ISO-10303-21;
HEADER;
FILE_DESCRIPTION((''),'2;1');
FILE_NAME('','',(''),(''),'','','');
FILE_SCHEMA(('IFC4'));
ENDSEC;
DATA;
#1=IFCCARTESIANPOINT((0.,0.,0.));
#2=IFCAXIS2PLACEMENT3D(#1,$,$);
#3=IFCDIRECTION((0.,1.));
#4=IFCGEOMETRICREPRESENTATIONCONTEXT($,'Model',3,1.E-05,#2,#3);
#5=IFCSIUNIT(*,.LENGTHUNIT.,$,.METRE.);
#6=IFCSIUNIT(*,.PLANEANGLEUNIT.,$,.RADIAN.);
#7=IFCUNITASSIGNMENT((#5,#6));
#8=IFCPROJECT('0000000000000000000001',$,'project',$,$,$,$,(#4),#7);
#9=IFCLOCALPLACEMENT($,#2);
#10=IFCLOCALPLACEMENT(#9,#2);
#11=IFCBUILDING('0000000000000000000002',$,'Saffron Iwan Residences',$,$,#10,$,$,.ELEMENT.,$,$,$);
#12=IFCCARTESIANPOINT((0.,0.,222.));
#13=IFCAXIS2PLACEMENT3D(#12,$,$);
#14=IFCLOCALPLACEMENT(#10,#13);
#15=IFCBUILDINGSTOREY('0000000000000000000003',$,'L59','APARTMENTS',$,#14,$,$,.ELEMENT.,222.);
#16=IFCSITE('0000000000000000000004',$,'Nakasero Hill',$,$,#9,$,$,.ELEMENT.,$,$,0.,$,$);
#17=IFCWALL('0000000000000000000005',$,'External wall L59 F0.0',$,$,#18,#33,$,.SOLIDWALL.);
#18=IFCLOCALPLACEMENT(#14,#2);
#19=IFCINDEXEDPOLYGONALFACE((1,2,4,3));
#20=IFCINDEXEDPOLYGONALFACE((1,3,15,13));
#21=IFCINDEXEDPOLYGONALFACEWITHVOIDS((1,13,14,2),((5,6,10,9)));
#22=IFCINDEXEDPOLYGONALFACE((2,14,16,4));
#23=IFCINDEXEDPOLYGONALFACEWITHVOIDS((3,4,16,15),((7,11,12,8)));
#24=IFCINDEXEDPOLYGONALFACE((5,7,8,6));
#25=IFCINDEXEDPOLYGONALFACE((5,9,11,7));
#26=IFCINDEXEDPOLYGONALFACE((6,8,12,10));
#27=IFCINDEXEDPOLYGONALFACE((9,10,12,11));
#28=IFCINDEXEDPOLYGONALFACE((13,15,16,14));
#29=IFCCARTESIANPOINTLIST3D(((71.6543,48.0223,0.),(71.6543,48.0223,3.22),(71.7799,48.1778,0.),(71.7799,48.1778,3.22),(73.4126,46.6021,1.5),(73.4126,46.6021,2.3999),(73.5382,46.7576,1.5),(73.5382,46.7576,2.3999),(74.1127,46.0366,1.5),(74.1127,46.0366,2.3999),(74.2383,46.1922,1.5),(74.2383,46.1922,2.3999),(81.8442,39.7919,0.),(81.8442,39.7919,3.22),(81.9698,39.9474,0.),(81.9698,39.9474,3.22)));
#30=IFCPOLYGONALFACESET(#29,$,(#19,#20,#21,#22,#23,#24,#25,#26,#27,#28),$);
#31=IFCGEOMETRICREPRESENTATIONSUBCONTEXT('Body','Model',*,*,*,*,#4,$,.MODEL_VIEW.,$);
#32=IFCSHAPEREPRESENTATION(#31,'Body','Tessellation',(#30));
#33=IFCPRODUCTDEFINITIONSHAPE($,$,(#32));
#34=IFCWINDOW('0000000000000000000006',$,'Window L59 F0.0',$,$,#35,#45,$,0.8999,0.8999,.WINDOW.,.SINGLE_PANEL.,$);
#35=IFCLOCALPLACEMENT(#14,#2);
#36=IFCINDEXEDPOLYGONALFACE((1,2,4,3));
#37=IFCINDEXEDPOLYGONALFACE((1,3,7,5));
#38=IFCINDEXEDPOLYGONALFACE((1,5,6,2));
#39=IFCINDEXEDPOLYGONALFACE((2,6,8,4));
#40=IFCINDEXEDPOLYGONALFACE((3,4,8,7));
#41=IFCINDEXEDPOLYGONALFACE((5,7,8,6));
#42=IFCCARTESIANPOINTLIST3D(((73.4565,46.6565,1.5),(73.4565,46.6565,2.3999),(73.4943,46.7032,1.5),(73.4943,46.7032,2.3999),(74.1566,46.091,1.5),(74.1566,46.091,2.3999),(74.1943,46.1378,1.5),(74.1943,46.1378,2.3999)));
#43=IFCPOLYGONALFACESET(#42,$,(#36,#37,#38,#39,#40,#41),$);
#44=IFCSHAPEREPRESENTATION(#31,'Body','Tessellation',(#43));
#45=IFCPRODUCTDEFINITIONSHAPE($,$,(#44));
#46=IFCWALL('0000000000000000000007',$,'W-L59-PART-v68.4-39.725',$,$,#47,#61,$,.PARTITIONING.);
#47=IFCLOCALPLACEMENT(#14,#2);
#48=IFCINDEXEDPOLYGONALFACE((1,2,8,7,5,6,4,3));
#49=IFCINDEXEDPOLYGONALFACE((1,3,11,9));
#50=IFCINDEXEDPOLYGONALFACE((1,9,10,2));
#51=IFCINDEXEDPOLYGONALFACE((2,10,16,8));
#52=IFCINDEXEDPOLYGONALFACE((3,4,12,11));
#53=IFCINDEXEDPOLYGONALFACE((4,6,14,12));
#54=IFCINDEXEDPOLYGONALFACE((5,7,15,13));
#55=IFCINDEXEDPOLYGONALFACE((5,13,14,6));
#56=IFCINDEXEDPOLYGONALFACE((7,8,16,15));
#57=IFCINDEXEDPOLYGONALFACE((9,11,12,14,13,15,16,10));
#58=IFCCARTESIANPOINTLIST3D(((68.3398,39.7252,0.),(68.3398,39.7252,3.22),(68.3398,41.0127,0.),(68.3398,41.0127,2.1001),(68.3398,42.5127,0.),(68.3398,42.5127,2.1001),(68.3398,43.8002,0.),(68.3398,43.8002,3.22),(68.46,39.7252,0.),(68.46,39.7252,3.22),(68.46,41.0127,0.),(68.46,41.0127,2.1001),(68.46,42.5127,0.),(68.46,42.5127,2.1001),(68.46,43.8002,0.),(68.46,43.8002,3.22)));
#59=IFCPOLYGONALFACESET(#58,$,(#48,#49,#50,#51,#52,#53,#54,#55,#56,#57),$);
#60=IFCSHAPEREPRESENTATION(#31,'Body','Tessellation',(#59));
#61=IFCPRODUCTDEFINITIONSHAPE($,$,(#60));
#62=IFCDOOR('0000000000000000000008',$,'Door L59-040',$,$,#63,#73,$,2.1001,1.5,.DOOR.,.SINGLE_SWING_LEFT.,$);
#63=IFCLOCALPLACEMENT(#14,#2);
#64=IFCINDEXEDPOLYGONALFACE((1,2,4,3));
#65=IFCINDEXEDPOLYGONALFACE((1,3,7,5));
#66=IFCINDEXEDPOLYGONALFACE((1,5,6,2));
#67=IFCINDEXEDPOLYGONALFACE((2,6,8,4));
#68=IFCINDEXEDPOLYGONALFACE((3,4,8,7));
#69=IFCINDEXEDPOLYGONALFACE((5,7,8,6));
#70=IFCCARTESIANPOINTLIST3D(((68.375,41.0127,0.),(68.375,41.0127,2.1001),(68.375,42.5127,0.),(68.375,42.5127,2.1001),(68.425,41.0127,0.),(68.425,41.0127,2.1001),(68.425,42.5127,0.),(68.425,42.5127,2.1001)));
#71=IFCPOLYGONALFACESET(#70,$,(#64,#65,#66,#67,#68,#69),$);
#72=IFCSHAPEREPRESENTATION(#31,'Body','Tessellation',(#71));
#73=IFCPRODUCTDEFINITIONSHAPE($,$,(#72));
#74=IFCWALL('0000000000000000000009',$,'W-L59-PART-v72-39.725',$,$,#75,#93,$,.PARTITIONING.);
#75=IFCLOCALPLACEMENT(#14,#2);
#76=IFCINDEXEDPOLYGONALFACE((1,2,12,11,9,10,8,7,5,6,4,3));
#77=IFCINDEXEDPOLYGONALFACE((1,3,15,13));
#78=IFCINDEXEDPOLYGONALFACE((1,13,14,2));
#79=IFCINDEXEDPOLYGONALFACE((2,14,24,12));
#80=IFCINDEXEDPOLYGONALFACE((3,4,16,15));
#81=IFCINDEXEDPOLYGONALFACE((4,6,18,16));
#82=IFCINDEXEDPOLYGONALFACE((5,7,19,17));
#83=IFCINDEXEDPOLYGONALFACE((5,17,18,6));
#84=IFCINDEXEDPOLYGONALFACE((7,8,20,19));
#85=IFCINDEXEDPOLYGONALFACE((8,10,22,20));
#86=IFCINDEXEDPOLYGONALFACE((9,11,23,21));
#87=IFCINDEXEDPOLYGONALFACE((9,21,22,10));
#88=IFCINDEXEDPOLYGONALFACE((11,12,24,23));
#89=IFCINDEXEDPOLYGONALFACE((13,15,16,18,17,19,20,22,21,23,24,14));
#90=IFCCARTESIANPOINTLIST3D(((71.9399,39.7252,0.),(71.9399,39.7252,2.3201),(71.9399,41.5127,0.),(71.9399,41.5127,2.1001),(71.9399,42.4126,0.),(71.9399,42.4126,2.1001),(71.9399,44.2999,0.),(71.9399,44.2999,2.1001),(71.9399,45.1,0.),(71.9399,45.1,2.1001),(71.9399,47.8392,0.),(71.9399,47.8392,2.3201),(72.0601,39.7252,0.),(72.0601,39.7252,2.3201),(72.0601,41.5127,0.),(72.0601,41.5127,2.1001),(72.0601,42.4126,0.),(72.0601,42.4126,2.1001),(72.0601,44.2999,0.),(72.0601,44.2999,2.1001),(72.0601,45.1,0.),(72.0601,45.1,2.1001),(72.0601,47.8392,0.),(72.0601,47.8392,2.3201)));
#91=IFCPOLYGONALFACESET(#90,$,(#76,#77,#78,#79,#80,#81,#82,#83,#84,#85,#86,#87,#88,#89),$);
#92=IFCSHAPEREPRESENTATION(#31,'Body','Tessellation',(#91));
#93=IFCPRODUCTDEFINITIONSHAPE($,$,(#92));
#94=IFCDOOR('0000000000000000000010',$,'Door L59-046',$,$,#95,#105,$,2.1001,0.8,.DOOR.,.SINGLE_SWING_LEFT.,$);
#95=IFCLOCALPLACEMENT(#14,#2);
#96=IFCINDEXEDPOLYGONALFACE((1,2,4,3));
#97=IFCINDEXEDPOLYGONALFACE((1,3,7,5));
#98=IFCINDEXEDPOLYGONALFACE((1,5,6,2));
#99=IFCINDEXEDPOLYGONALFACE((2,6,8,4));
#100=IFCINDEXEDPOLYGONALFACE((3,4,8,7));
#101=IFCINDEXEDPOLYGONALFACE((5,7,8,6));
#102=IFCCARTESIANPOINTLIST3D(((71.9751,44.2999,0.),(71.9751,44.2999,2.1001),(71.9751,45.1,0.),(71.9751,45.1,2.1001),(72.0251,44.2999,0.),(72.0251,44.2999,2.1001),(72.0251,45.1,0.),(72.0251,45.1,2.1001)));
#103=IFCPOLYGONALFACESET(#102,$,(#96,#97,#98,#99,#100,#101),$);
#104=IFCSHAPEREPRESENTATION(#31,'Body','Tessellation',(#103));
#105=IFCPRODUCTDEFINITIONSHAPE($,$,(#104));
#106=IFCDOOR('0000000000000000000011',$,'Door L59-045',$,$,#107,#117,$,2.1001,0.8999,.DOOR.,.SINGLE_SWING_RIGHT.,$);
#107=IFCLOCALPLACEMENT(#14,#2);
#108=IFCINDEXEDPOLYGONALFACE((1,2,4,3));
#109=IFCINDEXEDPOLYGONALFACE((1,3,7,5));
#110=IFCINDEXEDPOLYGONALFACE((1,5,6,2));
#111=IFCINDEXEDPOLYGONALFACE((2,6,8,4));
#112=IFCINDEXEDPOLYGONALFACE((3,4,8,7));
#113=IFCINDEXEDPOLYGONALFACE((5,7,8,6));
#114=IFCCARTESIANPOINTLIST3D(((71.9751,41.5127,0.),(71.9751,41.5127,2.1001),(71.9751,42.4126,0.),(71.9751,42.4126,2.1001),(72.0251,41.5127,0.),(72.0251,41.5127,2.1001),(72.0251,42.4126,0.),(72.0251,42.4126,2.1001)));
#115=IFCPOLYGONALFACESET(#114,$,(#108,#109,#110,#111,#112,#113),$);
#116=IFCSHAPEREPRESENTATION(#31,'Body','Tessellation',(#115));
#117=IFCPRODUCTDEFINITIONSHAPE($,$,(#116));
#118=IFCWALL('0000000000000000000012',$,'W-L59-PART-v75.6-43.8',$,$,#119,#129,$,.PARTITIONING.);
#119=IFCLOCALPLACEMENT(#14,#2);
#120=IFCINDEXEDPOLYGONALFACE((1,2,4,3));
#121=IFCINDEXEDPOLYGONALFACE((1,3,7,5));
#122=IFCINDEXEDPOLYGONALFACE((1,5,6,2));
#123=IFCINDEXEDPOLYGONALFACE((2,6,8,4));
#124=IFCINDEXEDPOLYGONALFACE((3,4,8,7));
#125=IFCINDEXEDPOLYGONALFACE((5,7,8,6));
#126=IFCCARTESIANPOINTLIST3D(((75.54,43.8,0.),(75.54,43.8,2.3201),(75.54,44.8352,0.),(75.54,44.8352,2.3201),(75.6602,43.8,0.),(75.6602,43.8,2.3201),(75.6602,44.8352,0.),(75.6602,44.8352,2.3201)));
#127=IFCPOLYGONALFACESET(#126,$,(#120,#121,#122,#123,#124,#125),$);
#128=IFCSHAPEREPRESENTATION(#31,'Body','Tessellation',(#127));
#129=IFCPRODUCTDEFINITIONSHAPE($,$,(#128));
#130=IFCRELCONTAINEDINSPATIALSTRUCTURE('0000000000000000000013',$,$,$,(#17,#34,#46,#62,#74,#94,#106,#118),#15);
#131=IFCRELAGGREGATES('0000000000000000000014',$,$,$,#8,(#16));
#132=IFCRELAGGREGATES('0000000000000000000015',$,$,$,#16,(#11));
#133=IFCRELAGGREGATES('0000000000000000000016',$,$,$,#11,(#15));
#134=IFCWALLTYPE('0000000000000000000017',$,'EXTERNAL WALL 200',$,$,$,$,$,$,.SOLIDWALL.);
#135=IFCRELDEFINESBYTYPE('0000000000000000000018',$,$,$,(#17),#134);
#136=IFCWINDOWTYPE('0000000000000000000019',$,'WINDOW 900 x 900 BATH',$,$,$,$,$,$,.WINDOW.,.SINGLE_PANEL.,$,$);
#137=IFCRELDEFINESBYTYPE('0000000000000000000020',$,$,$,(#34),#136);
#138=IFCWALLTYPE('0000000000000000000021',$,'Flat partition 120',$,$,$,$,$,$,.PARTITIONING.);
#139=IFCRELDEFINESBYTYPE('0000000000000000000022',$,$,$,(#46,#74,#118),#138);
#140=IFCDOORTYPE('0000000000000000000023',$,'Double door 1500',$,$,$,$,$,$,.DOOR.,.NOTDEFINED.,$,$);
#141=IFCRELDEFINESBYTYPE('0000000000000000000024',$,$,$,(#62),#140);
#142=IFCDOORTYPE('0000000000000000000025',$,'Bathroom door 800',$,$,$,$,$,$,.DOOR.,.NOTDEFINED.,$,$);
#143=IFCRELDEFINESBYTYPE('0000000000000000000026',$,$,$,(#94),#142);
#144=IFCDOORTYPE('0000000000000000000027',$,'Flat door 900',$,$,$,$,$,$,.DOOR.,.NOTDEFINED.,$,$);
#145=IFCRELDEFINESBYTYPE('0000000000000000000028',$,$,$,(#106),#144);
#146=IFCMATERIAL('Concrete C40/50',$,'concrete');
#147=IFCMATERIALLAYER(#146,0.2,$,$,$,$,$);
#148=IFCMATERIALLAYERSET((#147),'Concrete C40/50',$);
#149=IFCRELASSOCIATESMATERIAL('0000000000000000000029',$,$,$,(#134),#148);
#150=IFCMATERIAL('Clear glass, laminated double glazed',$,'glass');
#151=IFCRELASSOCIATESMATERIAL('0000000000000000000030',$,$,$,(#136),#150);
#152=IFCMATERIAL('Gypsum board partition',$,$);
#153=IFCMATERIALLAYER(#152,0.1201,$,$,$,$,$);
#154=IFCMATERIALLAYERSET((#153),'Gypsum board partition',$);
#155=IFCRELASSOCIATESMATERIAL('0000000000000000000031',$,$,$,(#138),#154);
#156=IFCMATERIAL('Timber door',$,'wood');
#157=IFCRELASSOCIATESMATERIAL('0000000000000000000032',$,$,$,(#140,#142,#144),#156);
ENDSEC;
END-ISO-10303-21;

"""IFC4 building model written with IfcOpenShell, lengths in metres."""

from ifc_helpers import new_model, si_unit, direction, frame, frame_2d, origin, place, context, subcontext, project, spatial, rectangle, extrude, material, layer, layer_set, type_object, element, fill, save


model = new_model("IFC4")

# Units and contexts
model_context = context("Model", 3, precision=1e-05, world=origin(), true_north=direction((0.0, 1.0)))
body_context = subcontext(model_context, "Body", "Model", "MODEL_VIEW")
ifc_project = project(units=[si_unit("LENGTHUNIT", "METRE"), si_unit("PLANEANGLEUNIT", "RADIAN")], contexts=[model_context])

# Site, building, storey
site_placement = place(None, origin())
site = spatial("IfcSite", under=ifc_project, at=site_placement, Name="Nakasero Hill", CompositionType="ELEMENT", RefElevation=0.0)
building_placement = place(site_placement, origin())
building = spatial("IfcBuilding", under=site, at=building_placement, Name="Saffron Iwan Residences", CompositionType="ELEMENT")
storey_placement = place(building_placement, frame((0.0, 0.0, 222.0)))
storey = spatial("IfcBuildingStorey", under=building, at=storey_placement, Name="L59", Description="APARTMENTS", CompositionType="ELEMENT", Elevation=222.0)

# Shared definitions
ifc_material_1 = material(Name="Concrete C40/50", Category="concrete")

# Wall, opening, window
ifc_layer_1 = layer(ifc_material_1, 0.2)
ifc_layer_set_1 = layer_set([ifc_layer_1], Name="Concrete C40/50")
wall_type_1 = type_object("IfcWallType", Name="EXTERNAL WALL 200", PredefinedType="SOLIDWALL", material=ifc_layer_set_1)
wall_1_placement = place(storey_placement, frame((81.907, 39.8696, 0.0), z_axis=(0.0, 0.0, 1.0), x_axis=(-0.777936, 0.628343, 0.0)))
wall_1 = element("IfcWall", 1, at=wall_1_placement, inside=storey, type_object=wall_type_1, Name="External wall L59 F0.0", PredefinedType="SOLIDWALL", context=body_context, shape_type="SweptSolid", body=[
    extrude(rectangle(XDim=13.0986, YDim=0.2, at=frame_2d((6.5493, 0.0))), origin(), (0.0, 0.0, 1.0), 3.22),
])
opening_1_placement = place(wall_1_placement, frame((9.9385, 0.0, 1.5)))
opening_1 = element("IfcOpeningElement", 2, at=opening_1_placement, cuts=wall_1, PredefinedType="OPENING", context=body_context, shape_type="SweptSolid", body=[
    extrude(rectangle(XDim=0.8999, YDim=0.8999, at=frame_2d((0.45, 0.45))), frame((0.0, 0.1099, 0.0), z_axis=(0.0, -1.0, 0.0), x_axis=(1.0, 0.0, 0.0)), (0.0, 0.0, 1.0), 0.22),
])
ifc_material_2 = material(Name="Clear glass, laminated double glazed", Category="glass")
window_type = type_object("IfcWindowType", Name="WINDOW 900 x 900 BATH", PartitioningType="SINGLE_PANEL", PredefinedType="WINDOW", material=ifc_material_2)
window_placement = place(opening_1_placement, origin())
window = element("IfcWindow", 3, at=window_placement, inside=storey, type_object=window_type, Name="Window L59 F0.0", OverallHeight=0.8999, OverallWidth=0.8999, PartitioningType="SINGLE_PANEL", PredefinedType="WINDOW", context=body_context, shape_type="SweptSolid", body=[
    extrude(rectangle(XDim=0.8999, YDim=0.8999, at=frame_2d((0.45, 0.45))), frame((0.0, 0.03, 0.0), z_axis=(0.0, -1.0, 0.0), x_axis=(1.0, 0.0, 0.0)), (0.0, 0.0, 1.0), 0.0601),
])
fill(opening_1, window)

# Wall, opening, door
ifc_material_3 = material(Name="Gypsum board partition")
ifc_layer_2 = layer(ifc_material_3, 0.1201)
ifc_layer_set_2 = layer_set([ifc_layer_2], Name="Gypsum board partition")
wall_type_2 = type_object("IfcWallType", Name="Flat partition 120", PredefinedType="PARTITIONING", material=ifc_layer_set_2)
wall_2_placement = place(storey_placement, frame((68.3999, 39.7251, 0.0), z_axis=(0.0, 0.0, 1.0), x_axis=(0.0, 1.0, 0.0)))
wall_2 = element("IfcWall", 4, at=wall_2_placement, inside=storey, type_object=wall_type_2, Name="W-L59-PART-v68.4-39.725", PredefinedType="PARTITIONING", context=body_context, shape_type="SweptSolid", body=[
    extrude(rectangle(XDim=4.075, YDim=0.1201, at=frame_2d((2.0376, 0.0))), origin(), (0.0, 0.0, 1.0), 3.22),
])
opening_2_placement = place(wall_2_placement, frame((1.2876, 0.0, 0.0)))
opening_2 = element("IfcOpeningElement", 5, at=opening_2_placement, cuts=wall_2, PredefinedType="OPENING", context=body_context, shape_type="SweptSolid", body=[
    extrude(rectangle(XDim=1.5, YDim=2.1001, at=frame_2d((0.75, 1.05))), frame((0.0, 0.0701, 0.0), z_axis=(0.0, -1.0, 0.0), x_axis=(1.0, 0.0, 0.0)), (0.0, 0.0, 1.0), 0.1401),
])
ifc_material_4 = material(Name="Timber door", Category="wood")
door_type_1 = type_object("IfcDoorType", Name="Double door 1500", OperationType="NOTDEFINED", PredefinedType="DOOR", material=ifc_material_4)
door_1_placement = place(opening_2_placement, origin())
door_1 = element("IfcDoor", 6, at=door_1_placement, inside=storey, type_object=door_type_1, Name="Door L59-040", OperationType="SINGLE_SWING_LEFT", OverallHeight=2.1001, OverallWidth=1.5, PredefinedType="DOOR", context=body_context, shape_type="SweptSolid", body=[
    extrude(rectangle(XDim=1.5, YDim=2.1001, at=frame_2d((0.75, 1.05))), frame((0.0, 0.0249, 0.0), z_axis=(0.0, -1.0, 0.0), x_axis=(1.0, 0.0, 0.0)), (0.0, 0.0, 1.0), 0.05),
])
fill(opening_2, door_1)

# Wall, openings, doors
wall_3_placement = place(storey_placement, frame((72.0, 39.7251, 0.0), z_axis=(0.0, 0.0, 1.0), x_axis=(0.0, 1.0, 0.0)))
wall_3 = element("IfcWall", 7, at=wall_3_placement, inside=storey, type_object=wall_type_2, Name="W-L59-PART-v72-39.725", PredefinedType="PARTITIONING", context=body_context, shape_type="SweptSolid", body=[
    extrude(rectangle(XDim=8.114, YDim=0.1201, at=frame_2d((4.0571, 0.0))), origin(), (0.0, 0.0, 1.0), 2.3201),
])
opening_3_placement = place(wall_3_placement, frame((1.7876, 0.0, 0.0)))
opening_3 = element("IfcOpeningElement", 8, at=opening_3_placement, cuts=wall_3, PredefinedType="OPENING", context=body_context, shape_type="SweptSolid", body=[
    extrude(rectangle(XDim=0.8999, YDim=2.1001, at=frame_2d((0.45, 1.05))), frame((0.0, 0.0701, 0.0), z_axis=(0.0, -1.0, 0.0), x_axis=(1.0, 0.0, 0.0)), (0.0, 0.0, 1.0), 0.1401),
])
opening_4_placement = place(wall_3_placement, frame((4.575, 0.0, 0.0)))
opening_4 = element("IfcOpeningElement", 9, at=opening_4_placement, cuts=wall_3, PredefinedType="OPENING", context=body_context, shape_type="SweptSolid", body=[
    extrude(rectangle(XDim=0.8, YDim=2.1001, at=frame_2d((0.3999, 1.05))), frame((0.0, 0.0701, 0.0), z_axis=(0.0, -1.0, 0.0), x_axis=(1.0, 0.0, 0.0)), (0.0, 0.0, 1.0), 0.1401),
])
door_type_2 = type_object("IfcDoorType", Name="Bathroom door 800", OperationType="NOTDEFINED", PredefinedType="DOOR", material=ifc_material_4)
door_2_placement = place(opening_4_placement, origin())
door_2 = element("IfcDoor", 10, at=door_2_placement, inside=storey, type_object=door_type_2, Name="Door L59-046", OperationType="SINGLE_SWING_LEFT", OverallHeight=2.1001, OverallWidth=0.8, PredefinedType="DOOR", context=body_context, shape_type="SweptSolid", body=[
    extrude(rectangle(XDim=0.8, YDim=2.1001, at=frame_2d((0.3999, 1.05))), frame((0.0, 0.0249, 0.0), z_axis=(0.0, -1.0, 0.0), x_axis=(1.0, 0.0, 0.0)), (0.0, 0.0, 1.0), 0.05),
])
fill(opening_4, door_2)
door_type_3 = type_object("IfcDoorType", Name="Flat door 900", OperationType="NOTDEFINED", PredefinedType="DOOR", material=ifc_material_4)
door_3_placement = place(opening_3_placement, origin())
door_3 = element("IfcDoor", 11, at=door_3_placement, inside=storey, type_object=door_type_3, Name="Door L59-045", OperationType="SINGLE_SWING_RIGHT", OverallHeight=2.1001, OverallWidth=0.8999, PredefinedType="DOOR", context=body_context, shape_type="SweptSolid", body=[
    extrude(rectangle(XDim=0.8999, YDim=2.1001, at=frame_2d((0.45, 1.05))), frame((0.0, 0.0249, 0.0), z_axis=(0.0, -1.0, 0.0), x_axis=(1.0, 0.0, 0.0)), (0.0, 0.0, 1.0), 0.05),
])
fill(opening_3, door_3)

# Wall
wall_4_placement = place(storey_placement, frame((75.6001, 43.8, 0.0), z_axis=(0.0, 0.0, 1.0), x_axis=(0.0, 1.0, 0.0)))
element("IfcWall", 12, at=wall_4_placement, inside=storey, type_object=wall_type_2, Name="W-L59-PART-v75.6-43.8", PredefinedType="PARTITIONING", context=body_context, shape_type="SweptSolid", body=[
    extrude(rectangle(XDim=1.0352, YDim=0.1201, at=frame_2d((0.5176, 0.0))), origin(), (0.0, 0.0, 1.0), 2.3201),
])

save(model, "model.ifc")
